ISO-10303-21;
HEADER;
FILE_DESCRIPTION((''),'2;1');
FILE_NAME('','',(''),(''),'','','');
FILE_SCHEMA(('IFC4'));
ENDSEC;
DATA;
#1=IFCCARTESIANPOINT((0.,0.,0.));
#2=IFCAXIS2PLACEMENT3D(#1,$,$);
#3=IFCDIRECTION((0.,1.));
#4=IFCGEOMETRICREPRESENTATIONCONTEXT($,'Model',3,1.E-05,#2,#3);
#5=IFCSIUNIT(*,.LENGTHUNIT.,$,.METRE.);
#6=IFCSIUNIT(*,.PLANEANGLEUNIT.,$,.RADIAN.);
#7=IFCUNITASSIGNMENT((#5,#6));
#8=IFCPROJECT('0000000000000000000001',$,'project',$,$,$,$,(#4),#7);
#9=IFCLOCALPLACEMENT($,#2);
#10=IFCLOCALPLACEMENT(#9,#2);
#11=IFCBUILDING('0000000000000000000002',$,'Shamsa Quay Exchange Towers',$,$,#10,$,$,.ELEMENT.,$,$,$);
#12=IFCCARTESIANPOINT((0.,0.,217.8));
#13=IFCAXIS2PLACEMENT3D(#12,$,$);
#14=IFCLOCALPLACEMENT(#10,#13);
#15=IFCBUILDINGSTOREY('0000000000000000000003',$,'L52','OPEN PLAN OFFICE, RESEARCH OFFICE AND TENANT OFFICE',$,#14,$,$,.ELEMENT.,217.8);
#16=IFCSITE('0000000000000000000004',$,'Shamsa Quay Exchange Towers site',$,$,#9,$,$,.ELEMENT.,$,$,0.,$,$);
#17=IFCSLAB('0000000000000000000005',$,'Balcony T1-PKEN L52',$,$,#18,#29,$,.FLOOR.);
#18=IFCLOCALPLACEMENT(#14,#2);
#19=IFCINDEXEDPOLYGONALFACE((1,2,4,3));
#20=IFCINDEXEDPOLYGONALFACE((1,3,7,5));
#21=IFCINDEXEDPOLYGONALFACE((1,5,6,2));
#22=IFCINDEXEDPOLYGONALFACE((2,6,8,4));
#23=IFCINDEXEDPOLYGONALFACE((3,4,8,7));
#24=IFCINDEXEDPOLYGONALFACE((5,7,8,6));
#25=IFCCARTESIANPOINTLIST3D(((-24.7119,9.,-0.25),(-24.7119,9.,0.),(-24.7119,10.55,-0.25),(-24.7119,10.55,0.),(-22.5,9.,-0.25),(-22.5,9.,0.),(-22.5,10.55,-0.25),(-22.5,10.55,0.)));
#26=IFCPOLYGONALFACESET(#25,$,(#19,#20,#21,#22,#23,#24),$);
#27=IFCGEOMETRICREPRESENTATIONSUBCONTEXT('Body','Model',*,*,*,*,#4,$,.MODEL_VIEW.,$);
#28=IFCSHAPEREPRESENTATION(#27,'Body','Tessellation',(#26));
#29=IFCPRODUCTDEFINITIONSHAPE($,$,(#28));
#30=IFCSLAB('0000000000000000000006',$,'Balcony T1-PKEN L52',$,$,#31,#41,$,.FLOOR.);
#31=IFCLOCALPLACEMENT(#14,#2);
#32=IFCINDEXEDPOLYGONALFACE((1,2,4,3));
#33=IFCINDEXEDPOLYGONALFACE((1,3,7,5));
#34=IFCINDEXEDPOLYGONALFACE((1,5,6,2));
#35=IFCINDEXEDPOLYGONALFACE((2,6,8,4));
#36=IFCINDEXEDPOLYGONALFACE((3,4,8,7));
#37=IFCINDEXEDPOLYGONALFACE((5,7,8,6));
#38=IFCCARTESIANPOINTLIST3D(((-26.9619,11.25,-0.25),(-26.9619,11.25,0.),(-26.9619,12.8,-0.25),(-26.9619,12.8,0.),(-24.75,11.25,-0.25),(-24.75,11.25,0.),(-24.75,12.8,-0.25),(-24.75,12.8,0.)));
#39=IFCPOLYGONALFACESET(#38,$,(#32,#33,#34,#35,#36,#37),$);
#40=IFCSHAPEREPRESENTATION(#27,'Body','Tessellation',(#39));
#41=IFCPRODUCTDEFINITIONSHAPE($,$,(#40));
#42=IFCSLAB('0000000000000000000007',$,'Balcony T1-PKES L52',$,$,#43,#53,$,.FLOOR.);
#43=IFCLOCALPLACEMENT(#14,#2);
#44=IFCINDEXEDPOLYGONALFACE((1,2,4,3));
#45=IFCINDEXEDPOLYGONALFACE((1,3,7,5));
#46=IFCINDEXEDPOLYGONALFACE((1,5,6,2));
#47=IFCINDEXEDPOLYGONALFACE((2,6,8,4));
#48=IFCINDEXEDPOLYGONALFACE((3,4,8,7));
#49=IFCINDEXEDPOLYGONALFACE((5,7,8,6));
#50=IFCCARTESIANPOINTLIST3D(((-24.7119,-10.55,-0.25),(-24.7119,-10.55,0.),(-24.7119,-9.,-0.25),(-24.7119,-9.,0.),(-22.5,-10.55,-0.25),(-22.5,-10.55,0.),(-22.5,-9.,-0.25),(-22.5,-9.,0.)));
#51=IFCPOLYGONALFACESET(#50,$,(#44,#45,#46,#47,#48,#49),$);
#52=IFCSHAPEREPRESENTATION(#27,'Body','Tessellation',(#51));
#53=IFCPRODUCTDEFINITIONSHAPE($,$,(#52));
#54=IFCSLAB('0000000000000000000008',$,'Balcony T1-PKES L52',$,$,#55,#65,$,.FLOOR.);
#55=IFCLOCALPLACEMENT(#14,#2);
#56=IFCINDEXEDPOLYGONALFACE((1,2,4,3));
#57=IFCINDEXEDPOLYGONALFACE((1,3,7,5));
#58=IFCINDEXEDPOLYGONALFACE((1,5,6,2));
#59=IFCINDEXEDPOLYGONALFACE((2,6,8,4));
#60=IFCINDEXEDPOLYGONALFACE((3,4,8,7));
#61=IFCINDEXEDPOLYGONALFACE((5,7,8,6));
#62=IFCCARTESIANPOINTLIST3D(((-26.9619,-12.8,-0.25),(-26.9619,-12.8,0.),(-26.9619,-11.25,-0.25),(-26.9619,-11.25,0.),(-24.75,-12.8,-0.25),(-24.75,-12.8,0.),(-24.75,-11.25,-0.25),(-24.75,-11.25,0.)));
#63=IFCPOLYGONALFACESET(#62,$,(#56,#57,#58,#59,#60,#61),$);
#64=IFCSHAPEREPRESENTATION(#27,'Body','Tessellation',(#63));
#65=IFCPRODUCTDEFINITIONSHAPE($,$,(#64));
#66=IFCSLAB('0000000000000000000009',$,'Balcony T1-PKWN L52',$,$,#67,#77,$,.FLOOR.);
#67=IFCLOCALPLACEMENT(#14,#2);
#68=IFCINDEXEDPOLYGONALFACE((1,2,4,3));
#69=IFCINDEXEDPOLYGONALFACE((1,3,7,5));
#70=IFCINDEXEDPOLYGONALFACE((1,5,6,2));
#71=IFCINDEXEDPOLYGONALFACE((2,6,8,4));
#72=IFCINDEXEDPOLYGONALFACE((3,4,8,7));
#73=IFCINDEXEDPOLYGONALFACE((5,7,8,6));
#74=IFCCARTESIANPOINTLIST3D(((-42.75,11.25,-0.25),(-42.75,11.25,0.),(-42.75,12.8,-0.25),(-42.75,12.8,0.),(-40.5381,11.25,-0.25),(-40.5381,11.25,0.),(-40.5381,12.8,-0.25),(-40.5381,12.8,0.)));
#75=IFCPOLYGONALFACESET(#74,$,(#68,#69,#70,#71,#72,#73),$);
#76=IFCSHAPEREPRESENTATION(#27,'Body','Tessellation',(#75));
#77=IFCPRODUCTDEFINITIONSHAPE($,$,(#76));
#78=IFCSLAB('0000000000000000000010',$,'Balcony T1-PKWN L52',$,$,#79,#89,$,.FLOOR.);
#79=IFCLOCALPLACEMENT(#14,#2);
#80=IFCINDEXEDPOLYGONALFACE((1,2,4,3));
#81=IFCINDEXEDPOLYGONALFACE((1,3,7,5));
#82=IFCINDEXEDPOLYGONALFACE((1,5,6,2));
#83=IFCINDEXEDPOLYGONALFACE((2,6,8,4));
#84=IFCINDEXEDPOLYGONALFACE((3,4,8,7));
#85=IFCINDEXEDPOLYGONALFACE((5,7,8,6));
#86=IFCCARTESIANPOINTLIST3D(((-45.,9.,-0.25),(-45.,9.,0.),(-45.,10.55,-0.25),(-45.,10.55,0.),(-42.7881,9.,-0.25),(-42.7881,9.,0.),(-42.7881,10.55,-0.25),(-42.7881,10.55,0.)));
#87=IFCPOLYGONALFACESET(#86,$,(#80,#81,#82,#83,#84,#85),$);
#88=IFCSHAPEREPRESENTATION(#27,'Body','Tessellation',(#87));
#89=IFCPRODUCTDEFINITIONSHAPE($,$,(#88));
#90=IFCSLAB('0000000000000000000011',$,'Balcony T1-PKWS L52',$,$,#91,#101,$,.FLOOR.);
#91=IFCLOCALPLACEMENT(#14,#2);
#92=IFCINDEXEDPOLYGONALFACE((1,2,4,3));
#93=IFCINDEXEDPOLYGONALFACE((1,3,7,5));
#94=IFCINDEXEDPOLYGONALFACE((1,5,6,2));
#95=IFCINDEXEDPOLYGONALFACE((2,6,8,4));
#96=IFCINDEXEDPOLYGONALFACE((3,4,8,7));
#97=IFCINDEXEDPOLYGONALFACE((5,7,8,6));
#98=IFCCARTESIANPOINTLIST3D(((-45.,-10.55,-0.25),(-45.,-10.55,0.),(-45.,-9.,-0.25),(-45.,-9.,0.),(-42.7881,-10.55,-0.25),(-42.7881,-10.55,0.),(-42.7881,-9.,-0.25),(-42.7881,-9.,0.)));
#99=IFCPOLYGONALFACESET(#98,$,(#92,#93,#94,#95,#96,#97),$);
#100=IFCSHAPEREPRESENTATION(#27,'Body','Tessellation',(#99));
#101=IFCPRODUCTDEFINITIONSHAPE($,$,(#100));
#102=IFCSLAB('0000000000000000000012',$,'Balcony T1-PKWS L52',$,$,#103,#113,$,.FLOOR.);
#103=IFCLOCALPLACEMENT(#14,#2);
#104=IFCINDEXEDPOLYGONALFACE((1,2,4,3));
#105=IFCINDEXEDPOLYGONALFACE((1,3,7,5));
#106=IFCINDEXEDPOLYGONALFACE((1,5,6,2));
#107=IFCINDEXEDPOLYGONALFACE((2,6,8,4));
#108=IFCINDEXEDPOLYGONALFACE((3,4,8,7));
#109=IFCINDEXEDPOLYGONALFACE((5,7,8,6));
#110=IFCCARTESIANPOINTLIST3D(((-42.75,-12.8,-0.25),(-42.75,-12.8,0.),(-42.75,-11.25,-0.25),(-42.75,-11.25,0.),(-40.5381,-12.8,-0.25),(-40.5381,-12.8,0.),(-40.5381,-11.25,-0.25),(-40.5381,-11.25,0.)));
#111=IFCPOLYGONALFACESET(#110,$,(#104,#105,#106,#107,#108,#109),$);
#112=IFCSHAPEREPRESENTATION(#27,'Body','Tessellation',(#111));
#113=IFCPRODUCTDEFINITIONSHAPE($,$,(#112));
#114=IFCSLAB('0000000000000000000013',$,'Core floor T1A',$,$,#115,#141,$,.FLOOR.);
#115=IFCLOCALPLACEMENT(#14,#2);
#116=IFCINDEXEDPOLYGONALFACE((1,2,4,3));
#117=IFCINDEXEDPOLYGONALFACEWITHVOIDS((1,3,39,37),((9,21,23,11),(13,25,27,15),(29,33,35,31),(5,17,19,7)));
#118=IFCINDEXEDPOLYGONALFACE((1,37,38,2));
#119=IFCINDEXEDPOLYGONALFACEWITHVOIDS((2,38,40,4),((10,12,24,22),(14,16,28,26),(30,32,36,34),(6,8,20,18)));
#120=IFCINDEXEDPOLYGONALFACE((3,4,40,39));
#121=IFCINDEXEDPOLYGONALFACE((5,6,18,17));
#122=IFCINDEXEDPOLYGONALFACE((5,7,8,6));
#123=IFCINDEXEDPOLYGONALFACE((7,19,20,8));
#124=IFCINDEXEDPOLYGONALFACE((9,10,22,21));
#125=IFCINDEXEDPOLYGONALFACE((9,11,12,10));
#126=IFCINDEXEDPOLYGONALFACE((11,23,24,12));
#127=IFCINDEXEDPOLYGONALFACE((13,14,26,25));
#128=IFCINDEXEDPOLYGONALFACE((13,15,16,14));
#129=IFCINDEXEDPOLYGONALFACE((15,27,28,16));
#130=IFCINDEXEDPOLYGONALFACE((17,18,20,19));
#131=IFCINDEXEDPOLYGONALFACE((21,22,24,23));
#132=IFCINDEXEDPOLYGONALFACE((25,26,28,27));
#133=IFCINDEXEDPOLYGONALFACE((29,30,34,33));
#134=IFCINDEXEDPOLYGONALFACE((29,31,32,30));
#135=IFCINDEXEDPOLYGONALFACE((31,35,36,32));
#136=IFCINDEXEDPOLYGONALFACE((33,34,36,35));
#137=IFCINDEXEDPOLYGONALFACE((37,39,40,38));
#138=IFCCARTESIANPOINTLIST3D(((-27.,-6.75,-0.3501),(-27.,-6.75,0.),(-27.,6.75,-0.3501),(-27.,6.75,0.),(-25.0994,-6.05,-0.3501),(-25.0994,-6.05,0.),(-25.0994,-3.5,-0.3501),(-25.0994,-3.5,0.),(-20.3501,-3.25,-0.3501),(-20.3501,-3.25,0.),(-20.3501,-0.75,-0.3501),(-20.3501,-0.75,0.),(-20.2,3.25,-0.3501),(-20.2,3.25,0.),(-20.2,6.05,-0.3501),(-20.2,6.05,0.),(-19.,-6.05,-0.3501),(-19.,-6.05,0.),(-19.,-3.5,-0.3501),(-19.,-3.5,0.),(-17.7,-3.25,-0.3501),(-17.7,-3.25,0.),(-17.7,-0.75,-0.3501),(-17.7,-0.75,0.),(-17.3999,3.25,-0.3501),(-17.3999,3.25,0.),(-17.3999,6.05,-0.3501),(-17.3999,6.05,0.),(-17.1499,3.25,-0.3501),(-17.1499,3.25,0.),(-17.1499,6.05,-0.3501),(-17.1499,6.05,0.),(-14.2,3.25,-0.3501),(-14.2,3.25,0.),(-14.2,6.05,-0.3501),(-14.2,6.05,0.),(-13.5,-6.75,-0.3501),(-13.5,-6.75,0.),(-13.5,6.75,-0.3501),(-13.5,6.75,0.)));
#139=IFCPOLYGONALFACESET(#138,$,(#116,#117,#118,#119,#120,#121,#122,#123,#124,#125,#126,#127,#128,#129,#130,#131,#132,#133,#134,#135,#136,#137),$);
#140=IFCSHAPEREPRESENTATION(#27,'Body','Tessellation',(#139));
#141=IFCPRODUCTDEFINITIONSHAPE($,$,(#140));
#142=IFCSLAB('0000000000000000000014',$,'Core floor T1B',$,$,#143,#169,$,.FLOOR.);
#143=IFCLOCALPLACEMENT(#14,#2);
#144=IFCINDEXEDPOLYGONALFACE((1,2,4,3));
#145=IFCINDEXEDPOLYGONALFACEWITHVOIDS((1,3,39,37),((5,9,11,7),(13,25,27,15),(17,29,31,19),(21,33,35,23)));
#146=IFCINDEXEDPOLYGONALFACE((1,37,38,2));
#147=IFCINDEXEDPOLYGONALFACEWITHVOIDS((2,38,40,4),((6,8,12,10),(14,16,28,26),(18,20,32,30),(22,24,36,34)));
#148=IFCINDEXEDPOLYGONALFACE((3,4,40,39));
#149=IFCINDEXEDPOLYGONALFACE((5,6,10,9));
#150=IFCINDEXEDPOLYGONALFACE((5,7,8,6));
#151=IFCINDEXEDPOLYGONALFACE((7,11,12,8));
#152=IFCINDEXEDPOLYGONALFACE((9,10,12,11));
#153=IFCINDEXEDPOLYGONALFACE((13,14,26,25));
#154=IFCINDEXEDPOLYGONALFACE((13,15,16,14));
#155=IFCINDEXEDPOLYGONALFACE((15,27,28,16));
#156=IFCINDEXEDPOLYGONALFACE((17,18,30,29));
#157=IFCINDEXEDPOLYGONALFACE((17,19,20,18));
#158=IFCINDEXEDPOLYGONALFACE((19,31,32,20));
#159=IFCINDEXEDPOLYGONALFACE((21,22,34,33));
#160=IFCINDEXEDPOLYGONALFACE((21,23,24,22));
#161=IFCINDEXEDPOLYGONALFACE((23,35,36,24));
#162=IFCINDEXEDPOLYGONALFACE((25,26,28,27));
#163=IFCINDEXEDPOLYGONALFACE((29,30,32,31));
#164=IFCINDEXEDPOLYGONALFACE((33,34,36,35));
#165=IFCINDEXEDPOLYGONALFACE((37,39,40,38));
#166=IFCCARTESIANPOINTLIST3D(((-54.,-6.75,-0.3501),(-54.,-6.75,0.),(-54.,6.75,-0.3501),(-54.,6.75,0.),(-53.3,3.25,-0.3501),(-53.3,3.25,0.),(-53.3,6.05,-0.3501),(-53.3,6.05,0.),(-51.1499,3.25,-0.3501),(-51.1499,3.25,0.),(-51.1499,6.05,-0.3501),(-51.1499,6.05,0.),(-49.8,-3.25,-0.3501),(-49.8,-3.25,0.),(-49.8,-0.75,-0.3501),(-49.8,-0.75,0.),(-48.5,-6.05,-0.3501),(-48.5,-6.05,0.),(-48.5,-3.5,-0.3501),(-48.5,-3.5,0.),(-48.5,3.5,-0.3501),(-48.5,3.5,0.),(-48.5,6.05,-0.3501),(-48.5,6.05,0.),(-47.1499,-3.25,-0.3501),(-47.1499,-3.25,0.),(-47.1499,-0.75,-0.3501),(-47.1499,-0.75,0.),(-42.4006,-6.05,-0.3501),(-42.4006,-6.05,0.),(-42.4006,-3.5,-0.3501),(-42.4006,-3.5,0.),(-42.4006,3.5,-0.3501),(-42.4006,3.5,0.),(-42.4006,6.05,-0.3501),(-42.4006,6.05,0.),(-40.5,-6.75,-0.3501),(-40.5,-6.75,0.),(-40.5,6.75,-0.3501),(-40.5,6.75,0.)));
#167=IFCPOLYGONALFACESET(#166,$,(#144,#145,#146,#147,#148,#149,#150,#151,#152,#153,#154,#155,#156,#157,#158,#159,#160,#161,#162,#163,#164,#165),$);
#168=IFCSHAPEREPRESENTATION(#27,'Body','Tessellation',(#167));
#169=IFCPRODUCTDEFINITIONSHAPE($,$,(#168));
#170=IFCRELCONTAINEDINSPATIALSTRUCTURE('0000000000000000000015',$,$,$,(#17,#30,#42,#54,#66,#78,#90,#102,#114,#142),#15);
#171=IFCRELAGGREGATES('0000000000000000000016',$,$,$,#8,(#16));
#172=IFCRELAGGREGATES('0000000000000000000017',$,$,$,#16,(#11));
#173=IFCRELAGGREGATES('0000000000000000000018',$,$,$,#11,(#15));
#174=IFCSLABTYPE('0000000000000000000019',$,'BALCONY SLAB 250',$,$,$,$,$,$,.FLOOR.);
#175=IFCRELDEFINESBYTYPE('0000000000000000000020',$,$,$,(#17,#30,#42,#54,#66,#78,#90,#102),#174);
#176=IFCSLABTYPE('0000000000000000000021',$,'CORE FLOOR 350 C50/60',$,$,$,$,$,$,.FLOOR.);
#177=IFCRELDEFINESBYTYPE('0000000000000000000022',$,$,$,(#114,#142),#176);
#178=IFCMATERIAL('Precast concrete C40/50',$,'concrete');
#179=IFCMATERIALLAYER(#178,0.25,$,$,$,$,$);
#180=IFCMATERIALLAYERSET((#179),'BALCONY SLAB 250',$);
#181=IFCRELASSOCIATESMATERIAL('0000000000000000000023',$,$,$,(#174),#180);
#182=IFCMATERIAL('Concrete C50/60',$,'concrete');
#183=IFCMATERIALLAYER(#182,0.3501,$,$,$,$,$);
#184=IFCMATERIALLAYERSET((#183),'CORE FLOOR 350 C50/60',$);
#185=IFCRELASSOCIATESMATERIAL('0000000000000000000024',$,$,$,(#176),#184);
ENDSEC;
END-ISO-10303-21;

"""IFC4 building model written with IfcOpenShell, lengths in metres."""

from ifc_helpers import new_model, si_unit, direction, frame, origin, place, context, subcontext, project, spatial, polyline, outline, extrude, material, layer, layer_set, type_object, element, save


model = new_model("IFC4")

# Units and contexts
model_context = context("Model", 3, precision=1e-05, world=origin(), true_north=direction((0.0, 1.0)))
body_context = subcontext(model_context, "Body", "Model", "MODEL_VIEW")
ifc_project = project(units=[si_unit("LENGTHUNIT", "METRE"), si_unit("PLANEANGLEUNIT", "RADIAN")], contexts=[model_context])

# Site, building, storey
site_placement = place(None, origin())
site = spatial("IfcSite", under=ifc_project, at=site_placement, Name="Shamsa Quay Exchange Towers site", CompositionType="ELEMENT", RefElevation=0.0)
building_placement = place(site_placement, origin())
building = spatial("IfcBuilding", under=site, at=building_placement, Name="Shamsa Quay Exchange Towers", CompositionType="ELEMENT")
storey_placement = place(building_placement, frame((0.0, 0.0, 217.8)))
storey = spatial("IfcBuildingStorey", under=building, at=storey_placement, Name="L52", Description="OPEN PLAN OFFICE, RESEARCH OFFICE AND TENANT OFFICE", CompositionType="ELEMENT", Elevation=217.8)

# Slabs
ifc_material_1 = material(Name="Precast concrete C40/50", Category="concrete")
ifc_layer_1 = layer(ifc_material_1, 0.25)
ifc_layer_set_1 = layer_set([ifc_layer_1], Name="BALCONY SLAB 250")
slab_type_1 = type_object("IfcSlabType", Name="BALCONY SLAB 250", PredefinedType="FLOOR", material=ifc_layer_set_1)
slab_1_placement = place(storey_placement, frame((0.0, 0.0, -0.25)))
element("IfcSlab", 1, at=slab_1_placement, inside=storey, type_object=slab_type_1, Name="Balcony T1-PKEN L52", PredefinedType="FLOOR", context=body_context, shape_type="SweptSolid", body=[
    extrude(outline(polyline([(-22.5, 9.0), (-24.7119, 9.0), (-24.7119, 10.55), (-22.5, 10.55), (-22.5, 9.0)])), origin(), (0.0, 0.0, 1.0), 0.25),
])
slab_2_placement = place(storey_placement, frame((0.0, 0.0, -0.25)))
element("IfcSlab", 2, at=slab_2_placement, inside=storey, type_object=slab_type_1, Name="Balcony T1-PKEN L52", PredefinedType="FLOOR", context=body_context, shape_type="SweptSolid", body=[
    extrude(outline(polyline([(-24.75, 11.25), (-26.9619, 11.25), (-26.9619, 12.8), (-24.75, 12.8), (-24.75, 11.25)])), origin(), (0.0, 0.0, 1.0), 0.25),
])
slab_3_placement = place(storey_placement, frame((0.0, 0.0, -0.25)))
element("IfcSlab", 3, at=slab_3_placement, inside=storey, type_object=slab_type_1, Name="Balcony T1-PKES L52", PredefinedType="FLOOR", context=body_context, shape_type="SweptSolid", body=[
    extrude(outline(polyline([(-24.7119, -9.0), (-22.5, -9.0), (-22.5, -10.55), (-24.7119, -10.55), (-24.7119, -9.0)])), origin(), (0.0, 0.0, 1.0), 0.25),
])
slab_4_placement = place(storey_placement, frame((0.0, 0.0, -0.25)))
element("IfcSlab", 4, at=slab_4_placement, inside=storey, type_object=slab_type_1, Name="Balcony T1-PKES L52", PredefinedType="FLOOR", context=body_context, shape_type="SweptSolid", body=[
    extrude(outline(polyline([(-26.9619, -11.25), (-24.75, -11.25), (-24.75, -12.8), (-26.9619, -12.8), (-26.9619, -11.25)])), origin(), (0.0, 0.0, 1.0), 0.25),
])
slab_5_placement = place(storey_placement, frame((0.0, 0.0, -0.25)))
element("IfcSlab", 5, at=slab_5_placement, inside=storey, type_object=slab_type_1, Name="Balcony T1-PKWN L52", PredefinedType="FLOOR", context=body_context, shape_type="SweptSolid", body=[
    extrude(outline(polyline([(-40.5381, 11.25), (-42.75, 11.25), (-42.75, 12.8), (-40.5381, 12.8), (-40.5381, 11.25)])), origin(), (0.0, 0.0, 1.0), 0.25),
])
slab_6_placement = place(storey_placement, frame((0.0, 0.0, -0.25)))
element("IfcSlab", 6, at=slab_6_placement, inside=storey, type_object=slab_type_1, Name="Balcony T1-PKWN L52", PredefinedType="FLOOR", context=body_context, shape_type="SweptSolid", body=[
    extrude(outline(polyline([(-42.7881, 9.0), (-45.0, 9.0), (-45.0, 10.55), (-42.7881, 10.55), (-42.7881, 9.0)])), origin(), (0.0, 0.0, 1.0), 0.25),
])
slab_7_placement = place(storey_placement, frame((0.0, 0.0, -0.25)))
element("IfcSlab", 7, at=slab_7_placement, inside=storey, type_object=slab_type_1, Name="Balcony T1-PKWS L52", PredefinedType="FLOOR", context=body_context, shape_type="SweptSolid", body=[
    extrude(outline(polyline([(-45.0, -9.0), (-42.7881, -9.0), (-42.7881, -10.55), (-45.0, -10.55), (-45.0, -9.0)])), origin(), (0.0, 0.0, 1.0), 0.25),
])
slab_8_placement = place(storey_placement, frame((0.0, 0.0, -0.25)))
element("IfcSlab", 8, at=slab_8_placement, inside=storey, type_object=slab_type_1, Name="Balcony T1-PKWS L52", PredefinedType="FLOOR", context=body_context, shape_type="SweptSolid", body=[
    extrude(outline(polyline([(-42.75, -11.25), (-40.5381, -11.25), (-40.5381, -12.8), (-42.75, -12.8), (-42.75, -11.25)])), origin(), (0.0, 0.0, 1.0), 0.25),
])
ifc_material_2 = material(Name="Concrete C50/60", Category="concrete")
ifc_layer_2 = layer(ifc_material_2, 0.3501)
ifc_layer_set_2 = layer_set([ifc_layer_2], Name="CORE FLOOR 350 C50/60")
slab_type_2 = type_object("IfcSlabType", Name="CORE FLOOR 350 C50/60", PredefinedType="FLOOR", material=ifc_layer_set_2)
slab_9_placement = place(storey_placement, frame((0.0, 0.0, -0.3501)))
element("IfcSlab", 9, at=slab_9_placement, inside=storey, type_object=slab_type_2, Name="Core floor T1A", PredefinedType="FLOOR", context=body_context, shape_type="SweptSolid", body=[
    extrude(outline(polyline([(-27.0, -6.75), (-13.5, -6.75), (-13.5, 6.75), (-27.0, 6.75), (-27.0, -6.75)]), holes=[polyline([(-25.0994, -6.05), (-25.0994, -3.5), (-19.0, -3.5), (-19.0, -6.05), (-25.0994, -6.05)]), polyline([(-20.2, 3.25), (-20.2, 6.05), (-17.3999, 6.05), (-17.3999, 3.25), (-20.2, 3.25)]), polyline([(-17.1499, 3.25), (-17.1499, 6.05), (-14.2, 6.05), (-14.2, 3.25), (-17.1499, 3.25)]), polyline([(-20.3501, -3.25), (-20.3501, -0.75), (-17.7, -0.75), (-17.7, -3.25), (-20.3501, -3.25)])]), origin(), (0.0, 0.0, 1.0), 0.3501),
])
slab_10_placement = place(storey_placement, frame((0.0, 0.0, -0.3501)))
element("IfcSlab", 10, at=slab_10_placement, inside=storey, type_object=slab_type_2, Name="Core floor T1B", PredefinedType="FLOOR", context=body_context, shape_type="SweptSolid", body=[
    extrude(outline(polyline([(-40.5, -6.75), (-40.5, 6.75), (-54.0, 6.75), (-54.0, -6.75), (-40.5, -6.75)]), holes=[polyline([(-42.4006, -3.5), (-42.4006, -6.05), (-48.5, -6.05), (-48.5, -3.5), (-42.4006, -3.5)]), polyline([(-42.4006, 6.05), (-42.4006, 3.5), (-48.5, 3.5), (-48.5, 6.05), (-42.4006, 6.05)]), polyline([(-51.1499, 3.25), (-53.3, 3.25), (-53.3, 6.05), (-51.1499, 6.05), (-51.1499, 3.25)]), polyline([(-47.1499, -3.25), (-49.8, -3.25), (-49.8, -0.75), (-47.1499, -0.75), (-47.1499, -3.25)])]), origin(), (0.0, 0.0, 1.0), 0.3501),
])

save(model, "model.ifc")
